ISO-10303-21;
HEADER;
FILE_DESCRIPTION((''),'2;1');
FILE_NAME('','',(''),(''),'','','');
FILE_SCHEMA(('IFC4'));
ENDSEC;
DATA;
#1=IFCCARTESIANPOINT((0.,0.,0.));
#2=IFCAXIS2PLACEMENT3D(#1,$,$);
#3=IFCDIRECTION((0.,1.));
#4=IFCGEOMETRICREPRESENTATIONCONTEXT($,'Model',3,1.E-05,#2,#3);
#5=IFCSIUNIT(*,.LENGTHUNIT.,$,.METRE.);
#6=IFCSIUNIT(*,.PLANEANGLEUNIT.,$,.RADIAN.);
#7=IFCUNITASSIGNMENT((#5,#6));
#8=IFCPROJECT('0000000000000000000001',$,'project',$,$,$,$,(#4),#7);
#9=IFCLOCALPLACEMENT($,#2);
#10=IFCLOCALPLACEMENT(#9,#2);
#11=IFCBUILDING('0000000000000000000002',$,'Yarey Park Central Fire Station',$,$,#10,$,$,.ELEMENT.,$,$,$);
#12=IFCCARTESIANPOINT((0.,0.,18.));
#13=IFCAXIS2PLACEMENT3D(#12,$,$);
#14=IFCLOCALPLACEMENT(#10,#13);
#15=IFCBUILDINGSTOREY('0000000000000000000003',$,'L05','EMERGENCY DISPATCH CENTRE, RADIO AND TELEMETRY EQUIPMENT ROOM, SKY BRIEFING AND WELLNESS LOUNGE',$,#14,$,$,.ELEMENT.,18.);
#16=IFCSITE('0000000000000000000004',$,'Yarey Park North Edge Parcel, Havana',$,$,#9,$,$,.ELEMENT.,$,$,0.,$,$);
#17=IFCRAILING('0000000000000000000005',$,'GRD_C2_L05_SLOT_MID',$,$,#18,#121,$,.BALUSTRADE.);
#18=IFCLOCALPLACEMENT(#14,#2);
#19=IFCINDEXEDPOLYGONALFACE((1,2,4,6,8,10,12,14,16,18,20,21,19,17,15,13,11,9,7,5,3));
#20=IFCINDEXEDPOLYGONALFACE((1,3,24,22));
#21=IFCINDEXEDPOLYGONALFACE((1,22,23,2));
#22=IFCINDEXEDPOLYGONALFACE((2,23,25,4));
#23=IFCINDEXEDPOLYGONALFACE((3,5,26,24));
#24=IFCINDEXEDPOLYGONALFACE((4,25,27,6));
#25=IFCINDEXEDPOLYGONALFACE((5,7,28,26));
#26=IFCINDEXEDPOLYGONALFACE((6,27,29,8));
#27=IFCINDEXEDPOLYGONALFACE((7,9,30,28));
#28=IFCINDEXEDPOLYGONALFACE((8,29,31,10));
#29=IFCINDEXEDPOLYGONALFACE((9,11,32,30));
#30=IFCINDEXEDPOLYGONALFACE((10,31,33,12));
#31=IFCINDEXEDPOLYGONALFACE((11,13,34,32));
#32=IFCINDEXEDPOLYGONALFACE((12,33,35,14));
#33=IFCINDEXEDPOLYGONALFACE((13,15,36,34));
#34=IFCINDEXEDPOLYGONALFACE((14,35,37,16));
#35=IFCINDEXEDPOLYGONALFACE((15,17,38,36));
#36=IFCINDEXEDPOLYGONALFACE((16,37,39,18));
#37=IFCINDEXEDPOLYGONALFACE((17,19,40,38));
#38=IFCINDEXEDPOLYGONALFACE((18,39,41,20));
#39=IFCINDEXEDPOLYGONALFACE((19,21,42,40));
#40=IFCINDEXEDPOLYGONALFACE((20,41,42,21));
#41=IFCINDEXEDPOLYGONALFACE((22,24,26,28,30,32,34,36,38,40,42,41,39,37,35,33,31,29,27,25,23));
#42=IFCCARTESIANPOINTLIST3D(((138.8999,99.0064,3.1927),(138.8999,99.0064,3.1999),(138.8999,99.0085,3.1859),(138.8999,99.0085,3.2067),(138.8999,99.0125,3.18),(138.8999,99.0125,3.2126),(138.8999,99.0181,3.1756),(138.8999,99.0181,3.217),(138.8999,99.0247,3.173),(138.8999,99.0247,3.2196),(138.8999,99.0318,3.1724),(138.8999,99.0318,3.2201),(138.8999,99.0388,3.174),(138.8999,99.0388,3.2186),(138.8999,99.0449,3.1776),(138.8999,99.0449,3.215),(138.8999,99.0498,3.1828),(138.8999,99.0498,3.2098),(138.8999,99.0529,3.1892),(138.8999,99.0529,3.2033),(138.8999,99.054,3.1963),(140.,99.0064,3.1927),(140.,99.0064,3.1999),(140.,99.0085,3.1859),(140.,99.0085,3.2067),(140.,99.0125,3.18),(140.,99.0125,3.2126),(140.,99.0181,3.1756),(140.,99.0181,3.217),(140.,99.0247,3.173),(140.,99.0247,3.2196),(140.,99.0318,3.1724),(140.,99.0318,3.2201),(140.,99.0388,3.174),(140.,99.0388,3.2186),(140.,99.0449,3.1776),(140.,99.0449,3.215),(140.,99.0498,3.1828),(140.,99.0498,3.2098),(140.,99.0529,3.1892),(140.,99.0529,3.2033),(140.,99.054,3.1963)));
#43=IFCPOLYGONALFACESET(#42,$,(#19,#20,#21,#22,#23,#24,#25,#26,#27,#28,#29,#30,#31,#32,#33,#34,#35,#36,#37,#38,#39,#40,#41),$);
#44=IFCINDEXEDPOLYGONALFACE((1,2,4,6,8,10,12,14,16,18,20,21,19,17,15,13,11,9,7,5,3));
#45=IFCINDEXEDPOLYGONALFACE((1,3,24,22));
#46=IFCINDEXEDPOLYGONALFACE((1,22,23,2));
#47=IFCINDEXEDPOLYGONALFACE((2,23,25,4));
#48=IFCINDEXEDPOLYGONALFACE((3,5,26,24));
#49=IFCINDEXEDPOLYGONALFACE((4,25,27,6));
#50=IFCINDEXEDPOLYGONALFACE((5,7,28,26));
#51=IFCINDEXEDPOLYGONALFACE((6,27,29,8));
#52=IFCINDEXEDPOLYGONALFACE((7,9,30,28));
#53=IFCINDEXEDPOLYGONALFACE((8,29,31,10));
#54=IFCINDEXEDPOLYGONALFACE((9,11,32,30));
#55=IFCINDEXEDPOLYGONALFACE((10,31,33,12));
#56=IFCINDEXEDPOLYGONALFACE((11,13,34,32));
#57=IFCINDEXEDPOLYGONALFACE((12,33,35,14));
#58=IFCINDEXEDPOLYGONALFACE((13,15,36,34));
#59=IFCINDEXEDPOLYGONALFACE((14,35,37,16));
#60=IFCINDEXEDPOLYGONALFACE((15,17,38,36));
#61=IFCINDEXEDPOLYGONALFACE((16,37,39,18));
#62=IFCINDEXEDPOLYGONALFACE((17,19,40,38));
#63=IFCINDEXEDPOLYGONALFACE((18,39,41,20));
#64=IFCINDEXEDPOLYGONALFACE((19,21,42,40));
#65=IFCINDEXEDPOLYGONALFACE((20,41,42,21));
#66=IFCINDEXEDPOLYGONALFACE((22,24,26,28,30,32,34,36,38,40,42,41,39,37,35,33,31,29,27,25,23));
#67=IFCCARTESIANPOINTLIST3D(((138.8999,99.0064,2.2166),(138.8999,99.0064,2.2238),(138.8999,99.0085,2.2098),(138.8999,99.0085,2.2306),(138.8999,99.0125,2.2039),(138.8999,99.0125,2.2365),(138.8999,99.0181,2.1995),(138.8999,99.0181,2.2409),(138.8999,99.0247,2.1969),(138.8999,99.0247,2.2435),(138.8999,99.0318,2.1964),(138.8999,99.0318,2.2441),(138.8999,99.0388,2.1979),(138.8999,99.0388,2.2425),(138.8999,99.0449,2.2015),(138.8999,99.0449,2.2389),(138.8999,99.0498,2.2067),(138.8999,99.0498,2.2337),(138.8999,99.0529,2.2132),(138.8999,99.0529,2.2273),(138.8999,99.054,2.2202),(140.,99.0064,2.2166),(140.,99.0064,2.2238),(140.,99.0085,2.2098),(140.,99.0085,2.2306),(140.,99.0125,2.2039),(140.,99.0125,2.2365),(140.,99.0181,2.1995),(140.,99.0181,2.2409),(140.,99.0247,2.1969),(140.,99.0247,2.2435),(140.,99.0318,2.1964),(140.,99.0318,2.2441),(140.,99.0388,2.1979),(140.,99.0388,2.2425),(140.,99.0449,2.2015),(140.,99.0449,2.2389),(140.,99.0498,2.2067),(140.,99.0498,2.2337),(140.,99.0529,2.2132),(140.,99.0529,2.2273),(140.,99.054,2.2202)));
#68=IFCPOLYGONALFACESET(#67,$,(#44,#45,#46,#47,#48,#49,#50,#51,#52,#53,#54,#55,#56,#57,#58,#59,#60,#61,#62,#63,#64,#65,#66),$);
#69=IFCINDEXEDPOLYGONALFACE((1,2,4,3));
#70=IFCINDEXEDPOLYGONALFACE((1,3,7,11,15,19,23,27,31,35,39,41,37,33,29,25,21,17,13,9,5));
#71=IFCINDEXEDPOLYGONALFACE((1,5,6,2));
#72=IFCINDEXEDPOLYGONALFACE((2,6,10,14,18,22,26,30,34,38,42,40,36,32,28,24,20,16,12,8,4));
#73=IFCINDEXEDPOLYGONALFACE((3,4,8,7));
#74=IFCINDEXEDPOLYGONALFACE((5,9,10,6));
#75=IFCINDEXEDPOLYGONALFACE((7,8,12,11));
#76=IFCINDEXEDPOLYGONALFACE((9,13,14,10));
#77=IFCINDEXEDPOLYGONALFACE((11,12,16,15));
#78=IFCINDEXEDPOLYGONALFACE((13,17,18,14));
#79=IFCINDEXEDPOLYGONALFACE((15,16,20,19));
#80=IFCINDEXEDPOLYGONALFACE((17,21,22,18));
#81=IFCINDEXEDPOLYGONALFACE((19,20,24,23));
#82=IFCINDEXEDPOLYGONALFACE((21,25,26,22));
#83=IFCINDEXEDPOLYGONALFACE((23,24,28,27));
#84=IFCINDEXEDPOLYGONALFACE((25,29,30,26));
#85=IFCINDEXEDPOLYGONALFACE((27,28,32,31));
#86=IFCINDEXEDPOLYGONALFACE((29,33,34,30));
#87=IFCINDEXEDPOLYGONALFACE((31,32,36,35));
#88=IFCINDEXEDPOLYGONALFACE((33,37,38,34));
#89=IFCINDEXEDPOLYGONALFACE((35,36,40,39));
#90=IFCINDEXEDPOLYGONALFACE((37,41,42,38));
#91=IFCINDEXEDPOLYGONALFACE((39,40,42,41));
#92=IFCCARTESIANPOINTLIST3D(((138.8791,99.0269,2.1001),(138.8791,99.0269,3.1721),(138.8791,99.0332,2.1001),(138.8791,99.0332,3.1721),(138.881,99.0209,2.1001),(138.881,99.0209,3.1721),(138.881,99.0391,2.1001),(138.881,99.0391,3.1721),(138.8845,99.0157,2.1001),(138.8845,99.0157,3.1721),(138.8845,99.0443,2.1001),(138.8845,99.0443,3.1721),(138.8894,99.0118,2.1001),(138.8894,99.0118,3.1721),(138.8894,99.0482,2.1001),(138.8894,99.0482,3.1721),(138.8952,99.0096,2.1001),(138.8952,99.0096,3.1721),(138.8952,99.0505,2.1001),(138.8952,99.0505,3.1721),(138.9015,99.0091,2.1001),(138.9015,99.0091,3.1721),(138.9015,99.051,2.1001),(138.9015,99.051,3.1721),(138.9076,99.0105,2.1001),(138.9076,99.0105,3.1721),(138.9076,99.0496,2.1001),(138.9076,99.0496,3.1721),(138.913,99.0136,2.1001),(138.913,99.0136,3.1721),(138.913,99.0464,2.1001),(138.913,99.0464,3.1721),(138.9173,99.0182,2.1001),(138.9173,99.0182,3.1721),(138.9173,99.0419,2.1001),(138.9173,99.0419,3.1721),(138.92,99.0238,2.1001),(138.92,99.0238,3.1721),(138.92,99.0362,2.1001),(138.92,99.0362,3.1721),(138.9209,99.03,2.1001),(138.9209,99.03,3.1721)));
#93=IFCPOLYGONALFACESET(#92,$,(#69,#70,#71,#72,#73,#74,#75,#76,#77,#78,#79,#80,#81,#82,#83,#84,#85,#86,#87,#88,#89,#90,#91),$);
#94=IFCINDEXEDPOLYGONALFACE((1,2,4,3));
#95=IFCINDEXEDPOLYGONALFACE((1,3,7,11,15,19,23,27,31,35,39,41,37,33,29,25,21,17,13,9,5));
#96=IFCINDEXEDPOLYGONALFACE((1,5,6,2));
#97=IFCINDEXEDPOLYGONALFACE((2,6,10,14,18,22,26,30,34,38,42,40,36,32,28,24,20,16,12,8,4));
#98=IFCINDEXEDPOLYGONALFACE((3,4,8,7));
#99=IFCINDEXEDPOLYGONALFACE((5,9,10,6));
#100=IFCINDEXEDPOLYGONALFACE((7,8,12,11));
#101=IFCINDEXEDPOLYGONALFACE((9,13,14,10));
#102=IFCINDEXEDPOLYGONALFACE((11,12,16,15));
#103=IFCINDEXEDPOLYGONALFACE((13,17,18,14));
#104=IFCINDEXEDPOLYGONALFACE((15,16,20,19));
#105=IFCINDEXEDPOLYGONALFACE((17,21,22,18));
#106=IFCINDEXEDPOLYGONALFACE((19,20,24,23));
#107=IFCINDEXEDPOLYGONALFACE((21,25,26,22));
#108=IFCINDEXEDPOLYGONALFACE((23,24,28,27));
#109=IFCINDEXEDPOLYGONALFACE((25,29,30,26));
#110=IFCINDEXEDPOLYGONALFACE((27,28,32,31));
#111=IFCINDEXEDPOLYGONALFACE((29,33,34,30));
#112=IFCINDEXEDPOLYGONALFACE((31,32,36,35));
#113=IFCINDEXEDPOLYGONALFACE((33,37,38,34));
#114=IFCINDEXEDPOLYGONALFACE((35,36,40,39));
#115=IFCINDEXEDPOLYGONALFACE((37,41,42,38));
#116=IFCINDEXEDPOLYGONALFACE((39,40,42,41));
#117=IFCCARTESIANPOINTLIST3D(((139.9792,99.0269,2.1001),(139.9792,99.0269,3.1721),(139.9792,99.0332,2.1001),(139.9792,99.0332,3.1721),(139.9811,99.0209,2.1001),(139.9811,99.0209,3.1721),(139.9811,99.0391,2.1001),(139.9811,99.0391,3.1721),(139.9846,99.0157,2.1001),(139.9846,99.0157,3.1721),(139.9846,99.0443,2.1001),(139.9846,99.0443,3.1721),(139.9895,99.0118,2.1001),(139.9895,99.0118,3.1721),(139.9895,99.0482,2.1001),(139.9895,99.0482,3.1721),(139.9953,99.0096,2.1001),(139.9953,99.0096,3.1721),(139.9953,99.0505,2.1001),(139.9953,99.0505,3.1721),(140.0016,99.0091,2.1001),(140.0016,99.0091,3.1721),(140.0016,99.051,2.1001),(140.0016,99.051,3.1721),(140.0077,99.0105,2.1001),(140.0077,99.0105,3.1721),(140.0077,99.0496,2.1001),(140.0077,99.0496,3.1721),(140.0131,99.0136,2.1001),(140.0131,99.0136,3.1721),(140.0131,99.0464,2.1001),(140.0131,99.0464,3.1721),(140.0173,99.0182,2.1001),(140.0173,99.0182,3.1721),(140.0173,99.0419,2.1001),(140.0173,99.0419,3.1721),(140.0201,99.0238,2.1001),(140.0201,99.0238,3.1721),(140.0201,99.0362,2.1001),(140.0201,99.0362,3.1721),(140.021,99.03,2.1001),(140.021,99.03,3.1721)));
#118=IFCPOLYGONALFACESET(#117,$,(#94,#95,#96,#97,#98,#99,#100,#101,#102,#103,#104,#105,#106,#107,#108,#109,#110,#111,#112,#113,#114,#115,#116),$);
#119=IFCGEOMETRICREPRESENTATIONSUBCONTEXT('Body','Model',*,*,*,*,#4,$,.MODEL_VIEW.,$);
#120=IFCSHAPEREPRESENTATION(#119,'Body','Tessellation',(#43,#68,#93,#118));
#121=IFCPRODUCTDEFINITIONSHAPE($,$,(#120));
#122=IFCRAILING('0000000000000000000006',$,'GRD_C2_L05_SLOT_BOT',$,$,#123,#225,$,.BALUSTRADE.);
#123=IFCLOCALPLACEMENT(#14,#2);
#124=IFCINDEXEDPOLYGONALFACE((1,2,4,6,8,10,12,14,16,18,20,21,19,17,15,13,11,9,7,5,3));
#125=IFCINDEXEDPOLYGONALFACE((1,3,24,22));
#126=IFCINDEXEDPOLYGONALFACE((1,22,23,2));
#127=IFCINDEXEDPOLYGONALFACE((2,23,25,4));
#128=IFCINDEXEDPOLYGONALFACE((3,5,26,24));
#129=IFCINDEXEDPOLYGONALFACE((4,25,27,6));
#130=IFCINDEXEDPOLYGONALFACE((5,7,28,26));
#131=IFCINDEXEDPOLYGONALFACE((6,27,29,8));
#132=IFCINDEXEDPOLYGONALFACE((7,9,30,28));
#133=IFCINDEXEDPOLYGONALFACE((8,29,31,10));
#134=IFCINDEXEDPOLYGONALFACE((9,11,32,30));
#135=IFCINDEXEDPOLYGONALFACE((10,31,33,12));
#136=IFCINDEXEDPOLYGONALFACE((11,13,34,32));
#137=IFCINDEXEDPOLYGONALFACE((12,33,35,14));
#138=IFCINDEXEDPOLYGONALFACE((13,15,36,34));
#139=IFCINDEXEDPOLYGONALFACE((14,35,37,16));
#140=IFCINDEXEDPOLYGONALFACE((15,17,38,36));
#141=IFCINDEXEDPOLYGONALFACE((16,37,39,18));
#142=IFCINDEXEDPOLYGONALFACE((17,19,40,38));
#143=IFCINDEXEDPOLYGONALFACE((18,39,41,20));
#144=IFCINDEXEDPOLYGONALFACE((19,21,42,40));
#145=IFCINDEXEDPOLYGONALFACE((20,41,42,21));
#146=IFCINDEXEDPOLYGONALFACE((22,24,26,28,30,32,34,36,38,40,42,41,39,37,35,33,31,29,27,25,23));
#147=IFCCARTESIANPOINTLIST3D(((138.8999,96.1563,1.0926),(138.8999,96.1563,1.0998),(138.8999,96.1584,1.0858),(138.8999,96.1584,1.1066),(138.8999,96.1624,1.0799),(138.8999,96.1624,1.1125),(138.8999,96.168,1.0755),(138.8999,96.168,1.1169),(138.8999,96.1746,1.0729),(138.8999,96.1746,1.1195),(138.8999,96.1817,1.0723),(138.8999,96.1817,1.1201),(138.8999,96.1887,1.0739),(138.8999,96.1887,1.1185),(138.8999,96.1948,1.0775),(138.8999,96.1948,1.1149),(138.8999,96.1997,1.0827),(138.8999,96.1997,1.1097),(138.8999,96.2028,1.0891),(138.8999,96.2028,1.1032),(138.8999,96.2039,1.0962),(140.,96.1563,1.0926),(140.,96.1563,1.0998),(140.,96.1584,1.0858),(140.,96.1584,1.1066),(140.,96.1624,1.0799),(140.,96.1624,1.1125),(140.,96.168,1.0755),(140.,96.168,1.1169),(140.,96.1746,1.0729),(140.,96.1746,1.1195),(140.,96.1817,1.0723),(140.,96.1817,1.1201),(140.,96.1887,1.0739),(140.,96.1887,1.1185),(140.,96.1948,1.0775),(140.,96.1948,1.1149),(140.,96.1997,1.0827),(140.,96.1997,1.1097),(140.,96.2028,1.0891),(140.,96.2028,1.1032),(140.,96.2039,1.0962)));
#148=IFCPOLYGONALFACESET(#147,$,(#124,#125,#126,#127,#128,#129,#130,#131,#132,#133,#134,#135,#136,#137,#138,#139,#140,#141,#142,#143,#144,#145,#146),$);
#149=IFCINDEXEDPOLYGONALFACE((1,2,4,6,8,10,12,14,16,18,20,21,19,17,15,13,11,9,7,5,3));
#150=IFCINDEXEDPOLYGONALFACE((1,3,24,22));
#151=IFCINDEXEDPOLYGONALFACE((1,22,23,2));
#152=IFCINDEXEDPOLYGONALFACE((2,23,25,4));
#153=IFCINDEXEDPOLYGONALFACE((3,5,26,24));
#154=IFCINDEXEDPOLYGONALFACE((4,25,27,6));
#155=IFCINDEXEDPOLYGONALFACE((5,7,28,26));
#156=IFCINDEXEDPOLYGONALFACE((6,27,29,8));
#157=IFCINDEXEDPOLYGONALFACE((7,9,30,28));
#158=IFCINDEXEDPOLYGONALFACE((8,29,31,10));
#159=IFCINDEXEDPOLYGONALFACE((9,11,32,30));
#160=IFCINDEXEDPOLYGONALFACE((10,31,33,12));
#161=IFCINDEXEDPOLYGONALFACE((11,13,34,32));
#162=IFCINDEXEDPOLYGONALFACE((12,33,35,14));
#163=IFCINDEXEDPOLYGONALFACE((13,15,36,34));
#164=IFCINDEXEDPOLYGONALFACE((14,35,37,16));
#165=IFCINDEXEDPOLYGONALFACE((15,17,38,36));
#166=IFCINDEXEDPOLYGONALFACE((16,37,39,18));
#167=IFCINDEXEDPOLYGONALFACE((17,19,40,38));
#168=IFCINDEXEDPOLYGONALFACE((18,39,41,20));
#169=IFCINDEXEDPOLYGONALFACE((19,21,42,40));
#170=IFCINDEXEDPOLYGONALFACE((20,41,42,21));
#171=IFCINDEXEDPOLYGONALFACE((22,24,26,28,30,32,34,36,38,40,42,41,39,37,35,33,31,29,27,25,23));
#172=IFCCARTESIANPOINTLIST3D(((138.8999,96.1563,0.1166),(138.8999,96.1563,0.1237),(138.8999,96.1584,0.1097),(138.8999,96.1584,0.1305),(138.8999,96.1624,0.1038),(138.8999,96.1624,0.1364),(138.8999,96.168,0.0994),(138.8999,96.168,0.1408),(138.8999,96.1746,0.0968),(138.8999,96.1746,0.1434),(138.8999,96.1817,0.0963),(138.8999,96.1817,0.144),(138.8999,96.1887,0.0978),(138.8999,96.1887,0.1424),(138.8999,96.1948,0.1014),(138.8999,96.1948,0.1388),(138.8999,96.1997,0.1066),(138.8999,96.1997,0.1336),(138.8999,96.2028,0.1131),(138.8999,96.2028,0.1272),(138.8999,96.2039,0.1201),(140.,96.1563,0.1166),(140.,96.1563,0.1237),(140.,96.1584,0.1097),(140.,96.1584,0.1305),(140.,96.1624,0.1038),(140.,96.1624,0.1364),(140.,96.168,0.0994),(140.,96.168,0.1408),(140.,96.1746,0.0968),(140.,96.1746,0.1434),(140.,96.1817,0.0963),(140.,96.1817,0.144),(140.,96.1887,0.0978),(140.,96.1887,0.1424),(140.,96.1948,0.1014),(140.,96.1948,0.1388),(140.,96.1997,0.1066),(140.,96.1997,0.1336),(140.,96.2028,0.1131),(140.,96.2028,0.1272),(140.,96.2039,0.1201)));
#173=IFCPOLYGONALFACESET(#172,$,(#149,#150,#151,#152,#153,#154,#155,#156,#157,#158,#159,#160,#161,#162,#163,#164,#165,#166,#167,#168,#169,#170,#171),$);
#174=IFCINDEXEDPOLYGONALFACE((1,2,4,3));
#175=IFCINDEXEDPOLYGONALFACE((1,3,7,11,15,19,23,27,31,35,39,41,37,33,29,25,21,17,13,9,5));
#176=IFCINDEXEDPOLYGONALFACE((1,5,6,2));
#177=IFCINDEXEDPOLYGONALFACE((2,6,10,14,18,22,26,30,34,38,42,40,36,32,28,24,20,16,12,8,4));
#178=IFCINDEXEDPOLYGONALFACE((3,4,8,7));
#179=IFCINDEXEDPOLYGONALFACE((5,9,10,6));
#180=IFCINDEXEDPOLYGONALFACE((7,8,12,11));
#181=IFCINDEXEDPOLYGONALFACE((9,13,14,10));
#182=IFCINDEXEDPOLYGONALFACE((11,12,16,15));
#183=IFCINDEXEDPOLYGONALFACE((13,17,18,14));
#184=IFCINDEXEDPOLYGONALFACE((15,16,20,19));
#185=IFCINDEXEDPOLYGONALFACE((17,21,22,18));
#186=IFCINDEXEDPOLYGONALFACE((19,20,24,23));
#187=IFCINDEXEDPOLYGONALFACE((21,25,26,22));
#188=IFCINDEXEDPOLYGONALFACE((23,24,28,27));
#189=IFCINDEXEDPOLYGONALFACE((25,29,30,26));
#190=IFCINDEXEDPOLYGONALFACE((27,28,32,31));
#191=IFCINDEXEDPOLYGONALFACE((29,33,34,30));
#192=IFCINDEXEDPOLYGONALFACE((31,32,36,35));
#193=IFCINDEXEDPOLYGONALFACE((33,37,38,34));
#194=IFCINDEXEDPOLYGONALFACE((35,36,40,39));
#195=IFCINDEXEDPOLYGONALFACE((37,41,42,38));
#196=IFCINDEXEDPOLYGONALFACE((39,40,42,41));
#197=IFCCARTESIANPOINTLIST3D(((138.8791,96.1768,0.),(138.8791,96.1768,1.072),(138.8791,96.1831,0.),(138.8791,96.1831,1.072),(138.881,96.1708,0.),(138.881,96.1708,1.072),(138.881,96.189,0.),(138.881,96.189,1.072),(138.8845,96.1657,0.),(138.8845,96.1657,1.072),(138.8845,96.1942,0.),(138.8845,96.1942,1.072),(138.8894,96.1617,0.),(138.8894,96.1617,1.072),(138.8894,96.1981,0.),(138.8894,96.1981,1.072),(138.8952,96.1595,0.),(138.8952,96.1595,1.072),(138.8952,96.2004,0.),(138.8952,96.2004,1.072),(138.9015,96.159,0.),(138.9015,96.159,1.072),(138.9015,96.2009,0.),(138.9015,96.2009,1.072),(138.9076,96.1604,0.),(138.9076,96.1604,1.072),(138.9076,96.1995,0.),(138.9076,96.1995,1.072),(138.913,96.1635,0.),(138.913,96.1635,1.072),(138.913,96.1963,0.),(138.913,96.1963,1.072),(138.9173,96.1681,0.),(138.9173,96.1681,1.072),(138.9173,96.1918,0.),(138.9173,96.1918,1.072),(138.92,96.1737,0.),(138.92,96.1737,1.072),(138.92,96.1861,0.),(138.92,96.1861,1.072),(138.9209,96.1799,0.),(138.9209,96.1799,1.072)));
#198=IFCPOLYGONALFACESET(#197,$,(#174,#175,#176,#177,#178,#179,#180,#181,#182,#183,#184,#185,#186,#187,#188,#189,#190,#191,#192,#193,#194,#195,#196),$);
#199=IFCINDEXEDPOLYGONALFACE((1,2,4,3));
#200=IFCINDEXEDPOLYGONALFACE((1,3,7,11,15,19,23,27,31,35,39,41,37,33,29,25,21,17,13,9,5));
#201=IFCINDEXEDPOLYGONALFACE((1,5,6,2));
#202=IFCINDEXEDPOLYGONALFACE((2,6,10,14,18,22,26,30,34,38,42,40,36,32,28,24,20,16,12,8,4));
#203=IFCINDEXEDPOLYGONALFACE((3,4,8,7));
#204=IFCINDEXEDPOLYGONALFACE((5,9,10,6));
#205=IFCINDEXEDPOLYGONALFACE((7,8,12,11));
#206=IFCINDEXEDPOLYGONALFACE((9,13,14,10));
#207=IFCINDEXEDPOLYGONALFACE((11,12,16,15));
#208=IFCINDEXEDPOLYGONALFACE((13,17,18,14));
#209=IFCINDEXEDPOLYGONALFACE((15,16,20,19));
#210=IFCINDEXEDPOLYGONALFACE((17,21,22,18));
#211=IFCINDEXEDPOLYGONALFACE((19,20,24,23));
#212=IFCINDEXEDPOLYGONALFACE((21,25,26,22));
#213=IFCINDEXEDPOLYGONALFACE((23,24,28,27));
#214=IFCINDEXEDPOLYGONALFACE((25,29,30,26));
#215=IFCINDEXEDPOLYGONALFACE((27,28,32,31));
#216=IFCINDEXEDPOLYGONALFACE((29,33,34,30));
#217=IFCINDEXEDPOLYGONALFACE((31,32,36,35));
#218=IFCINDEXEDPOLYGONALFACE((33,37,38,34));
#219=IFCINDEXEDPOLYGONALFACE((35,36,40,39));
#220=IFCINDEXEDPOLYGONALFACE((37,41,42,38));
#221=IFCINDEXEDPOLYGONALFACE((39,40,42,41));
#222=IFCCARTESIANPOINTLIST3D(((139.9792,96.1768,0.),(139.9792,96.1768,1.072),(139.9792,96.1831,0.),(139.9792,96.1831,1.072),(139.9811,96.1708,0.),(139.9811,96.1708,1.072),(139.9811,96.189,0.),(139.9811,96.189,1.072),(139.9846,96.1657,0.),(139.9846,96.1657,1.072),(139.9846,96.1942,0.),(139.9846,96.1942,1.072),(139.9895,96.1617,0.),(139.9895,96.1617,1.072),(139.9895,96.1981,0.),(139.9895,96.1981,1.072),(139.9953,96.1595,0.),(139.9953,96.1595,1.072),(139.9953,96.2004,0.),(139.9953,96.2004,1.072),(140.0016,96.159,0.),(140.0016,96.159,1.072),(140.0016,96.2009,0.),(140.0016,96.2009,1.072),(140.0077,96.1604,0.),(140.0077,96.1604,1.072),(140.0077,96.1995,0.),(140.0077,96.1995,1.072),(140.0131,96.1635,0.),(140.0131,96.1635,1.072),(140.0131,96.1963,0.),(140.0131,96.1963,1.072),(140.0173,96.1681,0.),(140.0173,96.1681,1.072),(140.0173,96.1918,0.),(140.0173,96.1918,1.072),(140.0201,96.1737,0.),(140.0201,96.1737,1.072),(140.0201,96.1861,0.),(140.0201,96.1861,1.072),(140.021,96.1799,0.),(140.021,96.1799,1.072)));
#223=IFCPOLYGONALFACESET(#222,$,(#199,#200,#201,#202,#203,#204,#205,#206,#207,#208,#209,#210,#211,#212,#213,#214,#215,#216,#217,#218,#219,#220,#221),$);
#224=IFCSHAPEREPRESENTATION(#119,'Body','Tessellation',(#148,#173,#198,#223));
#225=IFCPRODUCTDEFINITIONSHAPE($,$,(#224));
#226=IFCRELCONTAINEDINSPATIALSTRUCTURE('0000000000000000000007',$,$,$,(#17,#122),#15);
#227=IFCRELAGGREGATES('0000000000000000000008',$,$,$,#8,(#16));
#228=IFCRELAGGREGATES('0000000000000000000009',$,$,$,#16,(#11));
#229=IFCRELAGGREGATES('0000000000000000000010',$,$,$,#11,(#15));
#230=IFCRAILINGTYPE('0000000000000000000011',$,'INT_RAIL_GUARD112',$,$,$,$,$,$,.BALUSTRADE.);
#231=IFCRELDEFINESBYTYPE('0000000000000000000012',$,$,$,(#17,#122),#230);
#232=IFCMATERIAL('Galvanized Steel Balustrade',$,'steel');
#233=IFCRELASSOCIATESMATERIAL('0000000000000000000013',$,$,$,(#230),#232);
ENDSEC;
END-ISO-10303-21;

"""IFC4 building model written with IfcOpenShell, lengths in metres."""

from ifc_helpers import new_model, si_unit, direction, frame, origin, origin_2d, place, context, subcontext, project, spatial, circle, extrude, material, type_object, element, save


model = new_model("IFC4")

# Units and contexts
model_context = context("Model", 3, precision=1e-05, world=origin(), true_north=direction((0.0, 1.0)))
body_context = subcontext(model_context, "Body", "Model", "MODEL_VIEW")
ifc_project = project(units=[si_unit("LENGTHUNIT", "METRE"), si_unit("PLANEANGLEUNIT", "RADIAN")], contexts=[model_context])

# Site, building, storey
site_placement = place(None, origin())
site = spatial("IfcSite", under=ifc_project, at=site_placement, Name="Yarey Park North Edge Parcel, Havana", CompositionType="ELEMENT", RefElevation=0.0)
building_placement = place(site_placement, origin())
building = spatial("IfcBuilding", under=site, at=building_placement, Name="Yarey Park Central Fire Station", CompositionType="ELEMENT")
storey_placement = place(building_placement, frame((0.0, 0.0, 18.0)))
storey = spatial("IfcBuildingStorey", under=building, at=storey_placement, Name="L05", Description="EMERGENCY DISPATCH CENTRE, RADIO AND TELEMETRY EQUIPMENT ROOM, SKY BRIEFING AND WELLNESS LOUNGE", CompositionType="ELEMENT", Elevation=18.0)

# Railings
ifc_material_1 = material(Name="Galvanized Steel Balustrade", Category="steel")
railing_type_1 = type_object("IfcRailingType", Name="INT_RAIL_GUARD112", PredefinedType="BALUSTRADE", material=ifc_material_1)
for number, where, name in (
    (1, (138.8999, 99.03, 2.1001), "GRD_C2_L05_SLOT_MID"),
    (2, (138.8999, 96.1799, 0.0), "GRD_C2_L05_SLOT_BOT"),
):
    element("IfcRailing", number, at=place(storey_placement, frame(where)), inside=storey, type_object=railing_type_1, Name=name, PredefinedType="BALUSTRADE", context=body_context, shape_type="SweptSolid", body=[
        extrude(circle(Radius=0.0239, at=origin_2d()), frame((0.0, 0.0, 1.0962), z_axis=(1.0, 0.0, 0.0), x_axis=(0.0, 1.0, 0.0)), (0.0, 0.0, 1.0), 1.1001),
        extrude(circle(Radius=0.0239, at=origin_2d()), frame((0.0, 0.0, 0.1201), z_axis=(1.0, 0.0, 0.0), x_axis=(0.0, 1.0, 0.0)), (0.0, 0.0, 1.0), 1.1001),
        extrude(circle(Radius=0.021, at=origin_2d()), origin(), (0.0, 0.0, 1.0), 1.072),
        extrude(circle(Radius=0.021, at=origin_2d()), frame((1.1001, 0.0, 0.0)), (0.0, 0.0, 1.0), 1.072),
    ])

save(model, "model.ifc")
